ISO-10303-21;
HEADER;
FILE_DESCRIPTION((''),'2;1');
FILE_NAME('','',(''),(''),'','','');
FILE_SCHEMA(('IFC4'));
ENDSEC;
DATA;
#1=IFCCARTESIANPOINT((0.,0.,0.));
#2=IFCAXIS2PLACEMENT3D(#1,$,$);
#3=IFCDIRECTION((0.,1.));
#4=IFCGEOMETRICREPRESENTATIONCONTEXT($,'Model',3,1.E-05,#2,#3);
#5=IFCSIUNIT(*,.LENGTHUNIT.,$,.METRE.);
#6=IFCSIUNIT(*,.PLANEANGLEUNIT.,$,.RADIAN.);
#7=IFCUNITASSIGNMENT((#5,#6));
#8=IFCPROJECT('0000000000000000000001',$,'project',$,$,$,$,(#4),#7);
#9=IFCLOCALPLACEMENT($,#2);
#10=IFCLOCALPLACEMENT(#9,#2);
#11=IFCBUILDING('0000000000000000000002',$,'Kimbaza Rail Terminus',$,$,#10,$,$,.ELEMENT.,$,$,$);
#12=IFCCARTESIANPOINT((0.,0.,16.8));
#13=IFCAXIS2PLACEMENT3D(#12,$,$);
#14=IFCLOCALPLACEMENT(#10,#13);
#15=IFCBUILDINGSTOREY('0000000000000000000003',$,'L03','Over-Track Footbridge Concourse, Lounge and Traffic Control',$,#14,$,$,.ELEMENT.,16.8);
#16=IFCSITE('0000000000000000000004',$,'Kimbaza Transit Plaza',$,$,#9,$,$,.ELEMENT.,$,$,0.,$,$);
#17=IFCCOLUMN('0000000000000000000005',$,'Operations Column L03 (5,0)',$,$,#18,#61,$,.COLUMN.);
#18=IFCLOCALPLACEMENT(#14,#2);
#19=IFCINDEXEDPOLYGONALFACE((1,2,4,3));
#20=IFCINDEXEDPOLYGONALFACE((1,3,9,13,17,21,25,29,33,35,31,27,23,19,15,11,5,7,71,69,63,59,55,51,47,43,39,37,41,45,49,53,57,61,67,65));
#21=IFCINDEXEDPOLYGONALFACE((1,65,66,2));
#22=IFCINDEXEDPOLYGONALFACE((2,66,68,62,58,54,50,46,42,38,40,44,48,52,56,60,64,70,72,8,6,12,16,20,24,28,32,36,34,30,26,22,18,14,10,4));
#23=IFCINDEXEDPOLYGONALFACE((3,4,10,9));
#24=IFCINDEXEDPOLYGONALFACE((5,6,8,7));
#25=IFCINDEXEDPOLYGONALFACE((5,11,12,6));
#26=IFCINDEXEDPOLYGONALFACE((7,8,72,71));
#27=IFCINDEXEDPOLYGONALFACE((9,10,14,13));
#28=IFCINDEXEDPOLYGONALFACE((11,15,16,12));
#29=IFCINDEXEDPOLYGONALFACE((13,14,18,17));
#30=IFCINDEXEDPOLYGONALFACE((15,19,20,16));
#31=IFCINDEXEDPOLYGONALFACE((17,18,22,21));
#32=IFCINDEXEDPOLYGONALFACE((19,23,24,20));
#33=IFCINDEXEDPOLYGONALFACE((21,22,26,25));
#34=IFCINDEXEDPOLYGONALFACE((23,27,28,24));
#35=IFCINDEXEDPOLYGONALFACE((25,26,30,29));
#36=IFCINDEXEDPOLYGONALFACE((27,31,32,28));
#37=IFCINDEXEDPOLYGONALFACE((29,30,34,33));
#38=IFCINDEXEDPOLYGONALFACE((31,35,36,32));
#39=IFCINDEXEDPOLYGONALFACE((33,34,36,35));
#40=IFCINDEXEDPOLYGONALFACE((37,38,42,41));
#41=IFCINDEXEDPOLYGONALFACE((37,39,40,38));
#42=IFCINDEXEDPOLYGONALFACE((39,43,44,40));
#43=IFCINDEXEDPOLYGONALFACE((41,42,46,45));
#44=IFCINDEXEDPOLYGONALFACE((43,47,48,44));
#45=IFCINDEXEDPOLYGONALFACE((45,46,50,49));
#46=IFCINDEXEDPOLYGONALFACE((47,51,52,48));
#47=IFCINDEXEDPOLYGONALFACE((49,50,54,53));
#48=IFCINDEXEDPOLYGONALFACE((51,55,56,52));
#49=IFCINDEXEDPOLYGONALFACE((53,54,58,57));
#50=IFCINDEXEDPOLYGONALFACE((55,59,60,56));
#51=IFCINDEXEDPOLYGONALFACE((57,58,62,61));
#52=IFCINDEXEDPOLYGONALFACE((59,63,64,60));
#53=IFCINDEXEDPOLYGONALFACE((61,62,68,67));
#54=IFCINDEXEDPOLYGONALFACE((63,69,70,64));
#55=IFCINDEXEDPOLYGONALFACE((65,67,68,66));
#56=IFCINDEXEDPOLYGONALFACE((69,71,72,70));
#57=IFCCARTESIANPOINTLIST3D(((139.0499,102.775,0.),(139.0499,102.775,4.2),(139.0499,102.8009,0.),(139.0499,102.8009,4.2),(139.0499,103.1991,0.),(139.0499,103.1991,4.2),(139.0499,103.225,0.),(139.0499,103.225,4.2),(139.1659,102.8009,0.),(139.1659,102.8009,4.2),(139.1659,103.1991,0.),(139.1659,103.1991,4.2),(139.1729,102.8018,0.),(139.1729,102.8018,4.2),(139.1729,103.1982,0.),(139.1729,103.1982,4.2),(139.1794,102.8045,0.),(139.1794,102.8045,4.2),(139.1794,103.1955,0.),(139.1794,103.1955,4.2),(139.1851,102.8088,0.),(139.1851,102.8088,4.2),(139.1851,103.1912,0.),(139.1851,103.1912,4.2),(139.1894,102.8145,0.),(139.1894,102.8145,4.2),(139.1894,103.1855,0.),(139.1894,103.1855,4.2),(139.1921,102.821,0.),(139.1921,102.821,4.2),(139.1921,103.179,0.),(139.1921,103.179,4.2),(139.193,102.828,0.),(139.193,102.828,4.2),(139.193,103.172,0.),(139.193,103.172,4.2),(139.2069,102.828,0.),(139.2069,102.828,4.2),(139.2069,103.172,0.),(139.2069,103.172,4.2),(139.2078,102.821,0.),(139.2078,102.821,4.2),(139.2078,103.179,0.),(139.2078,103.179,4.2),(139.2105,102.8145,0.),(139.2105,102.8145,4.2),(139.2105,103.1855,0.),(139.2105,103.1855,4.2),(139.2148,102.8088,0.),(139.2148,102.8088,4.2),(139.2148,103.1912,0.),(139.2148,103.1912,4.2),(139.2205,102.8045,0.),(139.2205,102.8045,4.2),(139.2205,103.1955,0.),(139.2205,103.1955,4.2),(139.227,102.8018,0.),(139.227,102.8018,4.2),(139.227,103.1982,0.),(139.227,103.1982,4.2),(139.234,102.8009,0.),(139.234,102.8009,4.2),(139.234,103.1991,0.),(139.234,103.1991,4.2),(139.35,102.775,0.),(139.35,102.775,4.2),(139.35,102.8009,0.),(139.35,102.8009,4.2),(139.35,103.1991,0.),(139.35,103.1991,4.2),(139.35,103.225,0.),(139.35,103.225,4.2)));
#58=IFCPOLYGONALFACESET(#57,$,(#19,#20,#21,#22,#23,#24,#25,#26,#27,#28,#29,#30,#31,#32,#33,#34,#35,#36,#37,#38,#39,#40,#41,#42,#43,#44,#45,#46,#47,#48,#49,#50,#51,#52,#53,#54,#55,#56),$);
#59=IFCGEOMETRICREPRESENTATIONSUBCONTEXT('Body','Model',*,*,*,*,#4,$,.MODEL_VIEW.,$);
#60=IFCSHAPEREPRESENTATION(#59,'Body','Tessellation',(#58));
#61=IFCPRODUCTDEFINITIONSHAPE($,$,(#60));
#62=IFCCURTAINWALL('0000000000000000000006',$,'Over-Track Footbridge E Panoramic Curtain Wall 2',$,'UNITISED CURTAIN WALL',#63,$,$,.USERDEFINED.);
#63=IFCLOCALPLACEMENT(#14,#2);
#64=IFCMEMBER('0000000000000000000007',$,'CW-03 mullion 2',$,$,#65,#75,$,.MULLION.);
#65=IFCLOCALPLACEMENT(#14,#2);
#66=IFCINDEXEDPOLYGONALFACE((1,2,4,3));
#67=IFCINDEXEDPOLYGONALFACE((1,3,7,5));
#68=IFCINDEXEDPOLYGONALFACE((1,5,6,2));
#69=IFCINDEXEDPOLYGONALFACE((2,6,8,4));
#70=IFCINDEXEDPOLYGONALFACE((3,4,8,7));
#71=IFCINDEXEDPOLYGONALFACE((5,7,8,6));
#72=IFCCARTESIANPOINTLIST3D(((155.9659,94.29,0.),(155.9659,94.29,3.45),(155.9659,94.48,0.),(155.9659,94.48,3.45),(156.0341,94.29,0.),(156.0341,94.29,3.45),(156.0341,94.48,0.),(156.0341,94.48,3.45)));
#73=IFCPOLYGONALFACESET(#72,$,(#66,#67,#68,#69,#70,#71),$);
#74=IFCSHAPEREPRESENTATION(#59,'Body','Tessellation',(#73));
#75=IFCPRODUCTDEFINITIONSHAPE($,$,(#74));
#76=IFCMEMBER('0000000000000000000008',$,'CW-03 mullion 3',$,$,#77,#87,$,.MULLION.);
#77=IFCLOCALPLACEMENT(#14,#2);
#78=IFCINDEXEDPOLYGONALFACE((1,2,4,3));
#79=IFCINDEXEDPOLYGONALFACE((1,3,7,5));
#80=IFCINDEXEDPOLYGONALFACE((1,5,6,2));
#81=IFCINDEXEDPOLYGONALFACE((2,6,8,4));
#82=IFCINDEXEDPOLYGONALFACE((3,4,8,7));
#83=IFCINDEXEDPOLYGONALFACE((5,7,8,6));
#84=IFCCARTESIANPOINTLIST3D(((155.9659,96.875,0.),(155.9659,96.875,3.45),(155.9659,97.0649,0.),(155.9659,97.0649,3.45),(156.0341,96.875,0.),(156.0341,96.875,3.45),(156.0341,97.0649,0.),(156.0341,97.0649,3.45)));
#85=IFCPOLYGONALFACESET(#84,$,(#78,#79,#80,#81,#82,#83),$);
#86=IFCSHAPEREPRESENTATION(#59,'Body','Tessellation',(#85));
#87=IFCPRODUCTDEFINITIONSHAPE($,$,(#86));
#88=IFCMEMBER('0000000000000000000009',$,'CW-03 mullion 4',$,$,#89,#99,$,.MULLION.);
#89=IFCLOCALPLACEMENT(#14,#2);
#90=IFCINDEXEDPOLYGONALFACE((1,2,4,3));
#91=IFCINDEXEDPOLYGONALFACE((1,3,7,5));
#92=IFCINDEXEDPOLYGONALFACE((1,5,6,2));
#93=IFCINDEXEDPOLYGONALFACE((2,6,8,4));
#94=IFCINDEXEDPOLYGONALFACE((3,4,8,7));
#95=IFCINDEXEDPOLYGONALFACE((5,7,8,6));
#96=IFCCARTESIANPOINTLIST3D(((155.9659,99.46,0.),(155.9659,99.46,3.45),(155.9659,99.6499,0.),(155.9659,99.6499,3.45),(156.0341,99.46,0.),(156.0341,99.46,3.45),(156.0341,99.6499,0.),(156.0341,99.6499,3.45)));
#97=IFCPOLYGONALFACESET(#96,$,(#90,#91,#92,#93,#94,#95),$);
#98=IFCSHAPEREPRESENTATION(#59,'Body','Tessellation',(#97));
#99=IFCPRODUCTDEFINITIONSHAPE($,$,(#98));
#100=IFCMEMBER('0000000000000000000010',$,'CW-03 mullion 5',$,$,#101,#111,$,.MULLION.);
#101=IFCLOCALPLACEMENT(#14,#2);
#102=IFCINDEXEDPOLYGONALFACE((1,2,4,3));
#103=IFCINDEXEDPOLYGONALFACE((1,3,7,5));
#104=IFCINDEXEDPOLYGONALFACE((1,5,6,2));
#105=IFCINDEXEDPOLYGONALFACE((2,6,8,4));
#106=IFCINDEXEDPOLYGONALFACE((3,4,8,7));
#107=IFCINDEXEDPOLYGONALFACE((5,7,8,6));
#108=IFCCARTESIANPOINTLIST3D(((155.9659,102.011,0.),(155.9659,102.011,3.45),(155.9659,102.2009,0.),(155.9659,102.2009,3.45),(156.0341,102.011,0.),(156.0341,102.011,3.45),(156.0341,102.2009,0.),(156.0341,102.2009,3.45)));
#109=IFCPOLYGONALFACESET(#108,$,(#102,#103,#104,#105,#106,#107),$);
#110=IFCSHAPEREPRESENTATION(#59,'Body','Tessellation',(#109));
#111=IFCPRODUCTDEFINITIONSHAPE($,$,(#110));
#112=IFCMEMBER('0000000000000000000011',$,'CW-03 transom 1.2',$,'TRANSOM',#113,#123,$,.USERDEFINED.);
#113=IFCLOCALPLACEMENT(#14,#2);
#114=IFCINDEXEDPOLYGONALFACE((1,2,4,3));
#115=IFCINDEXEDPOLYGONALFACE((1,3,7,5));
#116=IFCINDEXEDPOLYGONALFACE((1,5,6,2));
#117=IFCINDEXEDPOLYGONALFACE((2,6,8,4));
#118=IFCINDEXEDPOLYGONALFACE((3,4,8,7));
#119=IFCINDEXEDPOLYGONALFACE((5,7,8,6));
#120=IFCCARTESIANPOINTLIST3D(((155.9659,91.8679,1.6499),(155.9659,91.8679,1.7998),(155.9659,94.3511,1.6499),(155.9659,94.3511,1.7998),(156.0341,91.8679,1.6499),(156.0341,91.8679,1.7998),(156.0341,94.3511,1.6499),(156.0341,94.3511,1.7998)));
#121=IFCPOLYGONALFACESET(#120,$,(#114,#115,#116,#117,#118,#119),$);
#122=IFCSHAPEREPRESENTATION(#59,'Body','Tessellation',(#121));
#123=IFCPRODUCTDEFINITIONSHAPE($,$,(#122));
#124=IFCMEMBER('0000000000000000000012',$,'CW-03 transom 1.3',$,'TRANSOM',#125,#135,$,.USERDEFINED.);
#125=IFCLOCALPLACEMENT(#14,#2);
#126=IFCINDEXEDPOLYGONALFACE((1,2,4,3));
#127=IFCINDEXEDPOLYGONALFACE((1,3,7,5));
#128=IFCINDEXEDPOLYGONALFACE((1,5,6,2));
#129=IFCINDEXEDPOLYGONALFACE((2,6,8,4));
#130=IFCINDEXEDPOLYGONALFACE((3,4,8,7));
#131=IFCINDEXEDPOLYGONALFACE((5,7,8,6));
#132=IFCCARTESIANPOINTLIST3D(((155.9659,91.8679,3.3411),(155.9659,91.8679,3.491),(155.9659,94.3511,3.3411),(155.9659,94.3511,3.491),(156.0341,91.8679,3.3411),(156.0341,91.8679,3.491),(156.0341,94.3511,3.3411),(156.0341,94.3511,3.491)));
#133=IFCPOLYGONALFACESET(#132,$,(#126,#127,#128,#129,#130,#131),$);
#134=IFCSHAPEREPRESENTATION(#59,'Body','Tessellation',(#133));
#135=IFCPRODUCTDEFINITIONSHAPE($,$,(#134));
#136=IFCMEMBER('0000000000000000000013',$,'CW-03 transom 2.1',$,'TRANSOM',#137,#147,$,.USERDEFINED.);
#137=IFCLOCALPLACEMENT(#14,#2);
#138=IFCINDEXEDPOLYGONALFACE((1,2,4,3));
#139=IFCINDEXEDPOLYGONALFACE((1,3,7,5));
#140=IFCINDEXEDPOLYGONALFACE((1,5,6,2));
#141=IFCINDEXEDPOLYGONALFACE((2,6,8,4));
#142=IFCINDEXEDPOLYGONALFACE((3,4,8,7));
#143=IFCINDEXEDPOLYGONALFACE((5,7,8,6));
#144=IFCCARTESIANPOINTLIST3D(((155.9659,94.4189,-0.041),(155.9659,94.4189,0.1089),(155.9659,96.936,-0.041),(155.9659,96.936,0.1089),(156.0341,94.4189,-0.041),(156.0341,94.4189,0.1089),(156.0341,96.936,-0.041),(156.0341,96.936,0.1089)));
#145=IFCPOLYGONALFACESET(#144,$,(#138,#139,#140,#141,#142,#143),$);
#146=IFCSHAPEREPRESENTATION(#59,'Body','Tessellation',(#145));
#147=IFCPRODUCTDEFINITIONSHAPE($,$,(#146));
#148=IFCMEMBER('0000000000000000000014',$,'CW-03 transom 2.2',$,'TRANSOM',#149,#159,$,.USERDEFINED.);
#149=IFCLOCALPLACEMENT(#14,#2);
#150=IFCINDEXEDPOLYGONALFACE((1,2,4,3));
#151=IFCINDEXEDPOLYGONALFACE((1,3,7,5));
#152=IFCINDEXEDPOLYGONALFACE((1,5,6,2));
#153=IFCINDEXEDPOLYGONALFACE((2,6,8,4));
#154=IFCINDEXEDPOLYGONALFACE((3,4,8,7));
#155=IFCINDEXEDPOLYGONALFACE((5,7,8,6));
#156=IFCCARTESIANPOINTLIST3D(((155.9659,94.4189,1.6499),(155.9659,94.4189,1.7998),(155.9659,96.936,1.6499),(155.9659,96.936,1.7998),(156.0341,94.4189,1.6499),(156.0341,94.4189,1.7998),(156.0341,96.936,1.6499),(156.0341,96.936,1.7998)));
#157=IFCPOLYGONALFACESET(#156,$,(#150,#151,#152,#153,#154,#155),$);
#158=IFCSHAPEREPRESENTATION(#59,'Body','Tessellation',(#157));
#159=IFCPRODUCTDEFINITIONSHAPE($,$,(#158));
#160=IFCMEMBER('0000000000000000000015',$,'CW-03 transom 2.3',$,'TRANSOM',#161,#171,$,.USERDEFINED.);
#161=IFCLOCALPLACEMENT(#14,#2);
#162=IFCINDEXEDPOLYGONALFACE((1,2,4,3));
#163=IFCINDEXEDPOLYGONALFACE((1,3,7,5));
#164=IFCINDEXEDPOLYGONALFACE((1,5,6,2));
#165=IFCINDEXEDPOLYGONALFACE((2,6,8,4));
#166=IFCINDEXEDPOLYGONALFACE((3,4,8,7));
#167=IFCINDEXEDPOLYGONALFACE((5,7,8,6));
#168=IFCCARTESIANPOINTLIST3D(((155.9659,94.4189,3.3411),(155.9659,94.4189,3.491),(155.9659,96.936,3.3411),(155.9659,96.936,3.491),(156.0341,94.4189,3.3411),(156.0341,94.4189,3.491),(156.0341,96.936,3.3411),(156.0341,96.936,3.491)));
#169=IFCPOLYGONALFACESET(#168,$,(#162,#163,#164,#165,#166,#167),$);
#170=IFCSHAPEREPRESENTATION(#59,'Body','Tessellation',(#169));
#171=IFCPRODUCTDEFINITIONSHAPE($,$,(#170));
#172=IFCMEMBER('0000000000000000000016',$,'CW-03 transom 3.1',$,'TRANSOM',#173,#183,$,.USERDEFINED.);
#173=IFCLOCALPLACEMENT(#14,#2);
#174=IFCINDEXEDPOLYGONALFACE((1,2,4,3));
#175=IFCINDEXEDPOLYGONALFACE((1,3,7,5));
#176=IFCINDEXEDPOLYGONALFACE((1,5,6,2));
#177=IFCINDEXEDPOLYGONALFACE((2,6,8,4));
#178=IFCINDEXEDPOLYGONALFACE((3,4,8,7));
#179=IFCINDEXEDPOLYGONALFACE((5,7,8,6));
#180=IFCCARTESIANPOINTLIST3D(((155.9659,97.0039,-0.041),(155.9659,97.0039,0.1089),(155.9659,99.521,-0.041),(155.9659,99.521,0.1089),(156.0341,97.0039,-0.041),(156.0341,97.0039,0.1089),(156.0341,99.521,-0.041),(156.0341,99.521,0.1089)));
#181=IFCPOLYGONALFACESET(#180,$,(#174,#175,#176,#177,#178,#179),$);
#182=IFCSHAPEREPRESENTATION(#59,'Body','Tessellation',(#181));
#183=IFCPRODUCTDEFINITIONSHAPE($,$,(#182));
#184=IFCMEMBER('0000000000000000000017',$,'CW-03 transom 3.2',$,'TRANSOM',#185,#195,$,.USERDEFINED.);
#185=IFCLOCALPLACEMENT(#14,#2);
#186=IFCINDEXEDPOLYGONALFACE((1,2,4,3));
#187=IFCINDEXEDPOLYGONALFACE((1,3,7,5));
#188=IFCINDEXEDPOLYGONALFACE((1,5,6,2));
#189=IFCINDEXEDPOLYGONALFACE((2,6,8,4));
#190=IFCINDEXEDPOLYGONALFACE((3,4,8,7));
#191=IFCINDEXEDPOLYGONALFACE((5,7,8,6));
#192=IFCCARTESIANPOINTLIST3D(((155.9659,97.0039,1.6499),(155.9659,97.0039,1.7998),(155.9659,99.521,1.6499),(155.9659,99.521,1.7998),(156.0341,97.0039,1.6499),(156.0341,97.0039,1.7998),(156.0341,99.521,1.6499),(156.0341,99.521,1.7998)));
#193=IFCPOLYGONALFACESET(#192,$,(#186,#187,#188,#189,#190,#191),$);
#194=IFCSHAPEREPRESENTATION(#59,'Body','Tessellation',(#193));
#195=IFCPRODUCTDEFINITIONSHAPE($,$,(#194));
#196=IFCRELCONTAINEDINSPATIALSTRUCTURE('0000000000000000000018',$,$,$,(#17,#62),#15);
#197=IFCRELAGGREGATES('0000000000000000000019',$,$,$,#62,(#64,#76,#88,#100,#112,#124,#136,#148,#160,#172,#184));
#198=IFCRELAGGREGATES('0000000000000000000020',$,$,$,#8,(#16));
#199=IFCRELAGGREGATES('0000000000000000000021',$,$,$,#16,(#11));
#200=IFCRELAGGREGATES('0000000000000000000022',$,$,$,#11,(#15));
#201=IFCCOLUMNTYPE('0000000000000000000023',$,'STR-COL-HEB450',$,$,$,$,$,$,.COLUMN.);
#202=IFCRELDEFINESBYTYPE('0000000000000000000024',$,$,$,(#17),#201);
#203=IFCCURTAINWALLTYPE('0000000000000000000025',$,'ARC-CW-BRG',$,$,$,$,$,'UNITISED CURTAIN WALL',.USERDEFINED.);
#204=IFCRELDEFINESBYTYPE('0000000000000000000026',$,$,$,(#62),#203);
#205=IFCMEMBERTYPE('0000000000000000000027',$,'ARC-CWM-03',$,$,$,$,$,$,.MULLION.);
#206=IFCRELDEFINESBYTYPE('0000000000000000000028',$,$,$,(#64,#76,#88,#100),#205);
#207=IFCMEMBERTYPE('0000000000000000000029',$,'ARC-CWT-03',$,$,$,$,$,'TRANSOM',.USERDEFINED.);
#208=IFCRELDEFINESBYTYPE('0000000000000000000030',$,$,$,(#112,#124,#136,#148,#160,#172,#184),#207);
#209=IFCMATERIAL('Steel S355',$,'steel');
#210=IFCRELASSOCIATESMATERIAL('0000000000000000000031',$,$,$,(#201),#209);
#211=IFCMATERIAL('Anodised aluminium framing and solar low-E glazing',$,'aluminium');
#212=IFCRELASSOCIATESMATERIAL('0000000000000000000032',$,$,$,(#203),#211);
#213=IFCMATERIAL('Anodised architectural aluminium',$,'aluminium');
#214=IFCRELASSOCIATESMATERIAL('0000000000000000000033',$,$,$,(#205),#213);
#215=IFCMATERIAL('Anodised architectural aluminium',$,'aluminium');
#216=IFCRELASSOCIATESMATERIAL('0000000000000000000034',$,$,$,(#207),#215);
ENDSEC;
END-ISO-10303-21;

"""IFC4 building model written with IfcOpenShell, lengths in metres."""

from ifc_helpers import new_model, si_unit, direction, frame, origin, origin_2d, place, context, subcontext, project, spatial, rectangle, i_section, extrude, material, material_profile, profile_set, type_object, element, aggregate, save


model = new_model("IFC4")

# Units and contexts
model_context = context("Model", 3, precision=1e-05, world=origin(), true_north=direction((0.0, 1.0)))
body_context = subcontext(model_context, "Body", "Model", "MODEL_VIEW")
ifc_project = project(units=[si_unit("LENGTHUNIT", "METRE"), si_unit("PLANEANGLEUNIT", "RADIAN")], contexts=[model_context])

# Site, building, storey
site_placement = place(None, origin())
site = spatial("IfcSite", under=ifc_project, at=site_placement, Name="Kimbaza Transit Plaza", CompositionType="ELEMENT", RefElevation=0.0)
building_placement = place(site_placement, origin())
building = spatial("IfcBuilding", under=site, at=building_placement, Name="Kimbaza Rail Terminus", CompositionType="ELEMENT")
storey_placement = place(building_placement, frame((0.0, 0.0, 16.8)))
storey = spatial("IfcBuildingStorey", under=building, at=storey_placement, Name="L03", Description="Over-Track Footbridge Concourse, Lounge and Traffic Control", CompositionType="ELEMENT", Elevation=16.8)

# Column
ifc_material_1 = material(Name="Steel S355", Category="steel")
ifc_material_profile_1 = material_profile(ifc_material_1, i_section(OverallWidth=0.3, OverallDepth=0.45, WebThickness=0.0139, FlangeThickness=0.0259, FilletRadius=0.0271, at=origin_2d()), Name="HEB 450")
ifc_profile_set_1 = profile_set([ifc_material_profile_1], Name="Steel S355")
column_type = type_object("IfcColumnType", Name="STR-COL-HEB450", PredefinedType="COLUMN", material=ifc_profile_set_1)
column_placement = place(storey_placement, frame((139.2, 103.0, 0.0), z_axis=(0.0, 0.0, 1.0), x_axis=(1.0, 0.0, 0.0)))
element("IfcColumn", 1, at=column_placement, inside=storey, type_object=column_type, Name="Operations Column L03 (5,0)", PredefinedType="COLUMN", context=body_context, shape_type="SweptSolid", body=[
    extrude(i_section(OverallWidth=0.3, OverallDepth=0.45, WebThickness=0.0139, FlangeThickness=0.0259, FilletRadius=0.0271, at=origin_2d()), origin(), (0.0, 0.0, 1.0), 4.2),
])

# Curtain wall, members
ifc_material_2 = material(Name="Anodised aluminium framing and solar low-E glazing", Category="aluminium")
curtain_wall_type = type_object("IfcCurtainWallType", Name="ARC-CW-BRG", ElementType="UNITISED CURTAIN WALL", PredefinedType="USERDEFINED", material=ifc_material_2)
curtain_wall_placement = place(storey_placement, origin())
curtain_wall = element("IfcCurtainWall", 2, at=curtain_wall_placement, inside=storey, type_object=curtain_wall_type, Name="Over-Track Footbridge E Panoramic Curtain Wall 2", ObjectType="UNITISED CURTAIN WALL", PredefinedType="USERDEFINED")
ifc_material_3 = material(Name="Anodised architectural aluminium", Category="aluminium")
ifc_material_profile_2 = material_profile(ifc_material_3, rectangle(XDim=0.0681, YDim=0.1899, at=origin_2d()), Name="MULLION 68x190")
ifc_profile_set_2 = profile_set([ifc_material_profile_2], Name="Anodised architectural aluminium")
member_type_1 = type_object("IfcMemberType", Name="ARC-CWM-03", PredefinedType="MULLION", material=ifc_profile_set_2)
member_1_placement = place(storey_placement, frame((156.0, 94.385, 0.0), z_axis=(0.0, 0.0, 1.0), x_axis=(-1.0, 0.0, 0.0)))
member_1 = element("IfcMember", 3, at=member_1_placement, type_object=member_type_1, Name="CW-03 mullion 2", PredefinedType="MULLION", context=body_context, shape_type="SweptSolid", body=[
    extrude(rectangle(XDim=0.0681, YDim=0.1899, at=origin_2d()), origin(), (0.0, 0.0, 1.0), 3.45),
])
member_2_placement = place(storey_placement, frame((156.0, 96.97, 0.0), z_axis=(0.0, 0.0, 1.0), x_axis=(-1.0, 0.0, 0.0)))
member_2 = element("IfcMember", 4, at=member_2_placement, type_object=member_type_1, Name="CW-03 mullion 3", PredefinedType="MULLION", context=body_context, shape_type="SweptSolid", body=[
    extrude(rectangle(XDim=0.0681, YDim=0.1899, at=origin_2d()), origin(), (0.0, 0.0, 1.0), 3.45),
])
member_3_placement = place(storey_placement, frame((156.0, 99.5549, 0.0), z_axis=(0.0, 0.0, 1.0), x_axis=(-1.0, 0.0, 0.0)))
member_3 = element("IfcMember", 5, at=member_3_placement, type_object=member_type_1, Name="CW-03 mullion 4", PredefinedType="MULLION", context=body_context, shape_type="SweptSolid", body=[
    extrude(rectangle(XDim=0.0681, YDim=0.1899, at=origin_2d()), origin(), (0.0, 0.0, 1.0), 3.45),
])
member_4_placement = place(storey_placement, frame((156.0, 102.106, 0.0), z_axis=(0.0, 0.0, 1.0), x_axis=(-1.0, 0.0, 0.0)))
member_4 = element("IfcMember", 6, at=member_4_placement, type_object=member_type_1, Name="CW-03 mullion 5", PredefinedType="MULLION", context=body_context, shape_type="SweptSolid", body=[
    extrude(rectangle(XDim=0.0681, YDim=0.1899, at=origin_2d()), origin(), (0.0, 0.0, 1.0), 3.45),
])
ifc_material_4 = material(Name="Anodised architectural aluminium", Category="aluminium")
ifc_material_profile_3 = material_profile(ifc_material_4, rectangle(XDim=0.0681, YDim=0.1499, at=origin_2d()), Name="TRANSOM 68x150")
ifc_profile_set_3 = profile_set([ifc_material_profile_3], Name="Anodised architectural aluminium")
member_type_2 = type_object("IfcMemberType", Name="ARC-CWT-03", ElementType="TRANSOM", PredefinedType="USERDEFINED", material=ifc_profile_set_3)
member_5_placement = place(storey_placement, frame((156.0, 91.8679, 1.7249), z_axis=(0.0, 1.0, 0.0), x_axis=(-1.0, 0.0, 0.0)))
member_5 = element("IfcMember", 7, at=member_5_placement, type_object=member_type_2, Name="CW-03 transom 1.2", ObjectType="TRANSOM", PredefinedType="USERDEFINED", context=body_context, shape_type="SweptSolid", body=[
    extrude(rectangle(XDim=0.0681, YDim=0.1499, at=origin_2d()), origin(), (0.0, 0.0, 1.0), 2.4832),
])
member_6_placement = place(storey_placement, frame((156.0, 91.8679, 3.416), z_axis=(0.0, 1.0, 0.0), x_axis=(-1.0, 0.0, 0.0)))
member_6 = element("IfcMember", 8, at=member_6_placement, type_object=member_type_2, Name="CW-03 transom 1.3", ObjectType="TRANSOM", PredefinedType="USERDEFINED", context=body_context, shape_type="SweptSolid", body=[
    extrude(rectangle(XDim=0.0681, YDim=0.1499, at=origin_2d()), origin(), (0.0, 0.0, 1.0), 2.4832),
])
member_7_placement = place(storey_placement, frame((156.0, 94.4189, 0.0339), z_axis=(0.0, 1.0, 0.0), x_axis=(-1.0, 0.0, 0.0)))
member_7 = element("IfcMember", 9, at=member_7_placement, type_object=member_type_2, Name="CW-03 transom 2.1", ObjectType="TRANSOM", PredefinedType="USERDEFINED", context=body_context, shape_type="SweptSolid", body=[
    extrude(rectangle(XDim=0.0681, YDim=0.1499, at=origin_2d()), origin(), (0.0, 0.0, 1.0), 2.5171),
])
member_8_placement = place(storey_placement, frame((156.0, 94.4189, 1.7249), z_axis=(0.0, 1.0, 0.0), x_axis=(-1.0, 0.0, 0.0)))
member_8 = element("IfcMember", 10, at=member_8_placement, type_object=member_type_2, Name="CW-03 transom 2.2", ObjectType="TRANSOM", PredefinedType="USERDEFINED", context=body_context, shape_type="SweptSolid", body=[
    extrude(rectangle(XDim=0.0681, YDim=0.1499, at=origin_2d()), origin(), (0.0, 0.0, 1.0), 2.5171),
])
member_9_placement = place(storey_placement, frame((156.0, 94.4189, 3.416), z_axis=(0.0, 1.0, 0.0), x_axis=(-1.0, 0.0, 0.0)))
member_9 = element("IfcMember", 11, at=member_9_placement, type_object=member_type_2, Name="CW-03 transom 2.3", ObjectType="TRANSOM", PredefinedType="USERDEFINED", context=body_context, shape_type="SweptSolid", body=[
    extrude(rectangle(XDim=0.0681, YDim=0.1499, at=origin_2d()), origin(), (0.0, 0.0, 1.0), 2.5171),
])
member_10_placement = place(storey_placement, frame((156.0, 97.0039, 0.0339), z_axis=(0.0, 1.0, 0.0), x_axis=(-1.0, 0.0, 0.0)))
member_10 = element("IfcMember", 12, at=member_10_placement, type_object=member_type_2, Name="CW-03 transom 3.1", ObjectType="TRANSOM", PredefinedType="USERDEFINED", context=body_context, shape_type="SweptSolid", body=[
    extrude(rectangle(XDim=0.0681, YDim=0.1499, at=origin_2d()), origin(), (0.0, 0.0, 1.0), 2.5171),
])
member_11_placement = place(storey_placement, frame((156.0, 97.0039, 1.7249), z_axis=(0.0, 1.0, 0.0), x_axis=(-1.0, 0.0, 0.0)))
member_11 = element("IfcMember", 13, at=member_11_placement, type_object=member_type_2, Name="CW-03 transom 3.2", ObjectType="TRANSOM", PredefinedType="USERDEFINED", context=body_context, shape_type="SweptSolid", body=[
    extrude(rectangle(XDim=0.0681, YDim=0.1499, at=origin_2d()), origin(), (0.0, 0.0, 1.0), 2.5171),
])

aggregate(curtain_wall, [member_1, member_2, member_3, member_4, member_5, member_6, member_7, member_8, member_9, member_10, member_11])

save(model, "model.ifc")
